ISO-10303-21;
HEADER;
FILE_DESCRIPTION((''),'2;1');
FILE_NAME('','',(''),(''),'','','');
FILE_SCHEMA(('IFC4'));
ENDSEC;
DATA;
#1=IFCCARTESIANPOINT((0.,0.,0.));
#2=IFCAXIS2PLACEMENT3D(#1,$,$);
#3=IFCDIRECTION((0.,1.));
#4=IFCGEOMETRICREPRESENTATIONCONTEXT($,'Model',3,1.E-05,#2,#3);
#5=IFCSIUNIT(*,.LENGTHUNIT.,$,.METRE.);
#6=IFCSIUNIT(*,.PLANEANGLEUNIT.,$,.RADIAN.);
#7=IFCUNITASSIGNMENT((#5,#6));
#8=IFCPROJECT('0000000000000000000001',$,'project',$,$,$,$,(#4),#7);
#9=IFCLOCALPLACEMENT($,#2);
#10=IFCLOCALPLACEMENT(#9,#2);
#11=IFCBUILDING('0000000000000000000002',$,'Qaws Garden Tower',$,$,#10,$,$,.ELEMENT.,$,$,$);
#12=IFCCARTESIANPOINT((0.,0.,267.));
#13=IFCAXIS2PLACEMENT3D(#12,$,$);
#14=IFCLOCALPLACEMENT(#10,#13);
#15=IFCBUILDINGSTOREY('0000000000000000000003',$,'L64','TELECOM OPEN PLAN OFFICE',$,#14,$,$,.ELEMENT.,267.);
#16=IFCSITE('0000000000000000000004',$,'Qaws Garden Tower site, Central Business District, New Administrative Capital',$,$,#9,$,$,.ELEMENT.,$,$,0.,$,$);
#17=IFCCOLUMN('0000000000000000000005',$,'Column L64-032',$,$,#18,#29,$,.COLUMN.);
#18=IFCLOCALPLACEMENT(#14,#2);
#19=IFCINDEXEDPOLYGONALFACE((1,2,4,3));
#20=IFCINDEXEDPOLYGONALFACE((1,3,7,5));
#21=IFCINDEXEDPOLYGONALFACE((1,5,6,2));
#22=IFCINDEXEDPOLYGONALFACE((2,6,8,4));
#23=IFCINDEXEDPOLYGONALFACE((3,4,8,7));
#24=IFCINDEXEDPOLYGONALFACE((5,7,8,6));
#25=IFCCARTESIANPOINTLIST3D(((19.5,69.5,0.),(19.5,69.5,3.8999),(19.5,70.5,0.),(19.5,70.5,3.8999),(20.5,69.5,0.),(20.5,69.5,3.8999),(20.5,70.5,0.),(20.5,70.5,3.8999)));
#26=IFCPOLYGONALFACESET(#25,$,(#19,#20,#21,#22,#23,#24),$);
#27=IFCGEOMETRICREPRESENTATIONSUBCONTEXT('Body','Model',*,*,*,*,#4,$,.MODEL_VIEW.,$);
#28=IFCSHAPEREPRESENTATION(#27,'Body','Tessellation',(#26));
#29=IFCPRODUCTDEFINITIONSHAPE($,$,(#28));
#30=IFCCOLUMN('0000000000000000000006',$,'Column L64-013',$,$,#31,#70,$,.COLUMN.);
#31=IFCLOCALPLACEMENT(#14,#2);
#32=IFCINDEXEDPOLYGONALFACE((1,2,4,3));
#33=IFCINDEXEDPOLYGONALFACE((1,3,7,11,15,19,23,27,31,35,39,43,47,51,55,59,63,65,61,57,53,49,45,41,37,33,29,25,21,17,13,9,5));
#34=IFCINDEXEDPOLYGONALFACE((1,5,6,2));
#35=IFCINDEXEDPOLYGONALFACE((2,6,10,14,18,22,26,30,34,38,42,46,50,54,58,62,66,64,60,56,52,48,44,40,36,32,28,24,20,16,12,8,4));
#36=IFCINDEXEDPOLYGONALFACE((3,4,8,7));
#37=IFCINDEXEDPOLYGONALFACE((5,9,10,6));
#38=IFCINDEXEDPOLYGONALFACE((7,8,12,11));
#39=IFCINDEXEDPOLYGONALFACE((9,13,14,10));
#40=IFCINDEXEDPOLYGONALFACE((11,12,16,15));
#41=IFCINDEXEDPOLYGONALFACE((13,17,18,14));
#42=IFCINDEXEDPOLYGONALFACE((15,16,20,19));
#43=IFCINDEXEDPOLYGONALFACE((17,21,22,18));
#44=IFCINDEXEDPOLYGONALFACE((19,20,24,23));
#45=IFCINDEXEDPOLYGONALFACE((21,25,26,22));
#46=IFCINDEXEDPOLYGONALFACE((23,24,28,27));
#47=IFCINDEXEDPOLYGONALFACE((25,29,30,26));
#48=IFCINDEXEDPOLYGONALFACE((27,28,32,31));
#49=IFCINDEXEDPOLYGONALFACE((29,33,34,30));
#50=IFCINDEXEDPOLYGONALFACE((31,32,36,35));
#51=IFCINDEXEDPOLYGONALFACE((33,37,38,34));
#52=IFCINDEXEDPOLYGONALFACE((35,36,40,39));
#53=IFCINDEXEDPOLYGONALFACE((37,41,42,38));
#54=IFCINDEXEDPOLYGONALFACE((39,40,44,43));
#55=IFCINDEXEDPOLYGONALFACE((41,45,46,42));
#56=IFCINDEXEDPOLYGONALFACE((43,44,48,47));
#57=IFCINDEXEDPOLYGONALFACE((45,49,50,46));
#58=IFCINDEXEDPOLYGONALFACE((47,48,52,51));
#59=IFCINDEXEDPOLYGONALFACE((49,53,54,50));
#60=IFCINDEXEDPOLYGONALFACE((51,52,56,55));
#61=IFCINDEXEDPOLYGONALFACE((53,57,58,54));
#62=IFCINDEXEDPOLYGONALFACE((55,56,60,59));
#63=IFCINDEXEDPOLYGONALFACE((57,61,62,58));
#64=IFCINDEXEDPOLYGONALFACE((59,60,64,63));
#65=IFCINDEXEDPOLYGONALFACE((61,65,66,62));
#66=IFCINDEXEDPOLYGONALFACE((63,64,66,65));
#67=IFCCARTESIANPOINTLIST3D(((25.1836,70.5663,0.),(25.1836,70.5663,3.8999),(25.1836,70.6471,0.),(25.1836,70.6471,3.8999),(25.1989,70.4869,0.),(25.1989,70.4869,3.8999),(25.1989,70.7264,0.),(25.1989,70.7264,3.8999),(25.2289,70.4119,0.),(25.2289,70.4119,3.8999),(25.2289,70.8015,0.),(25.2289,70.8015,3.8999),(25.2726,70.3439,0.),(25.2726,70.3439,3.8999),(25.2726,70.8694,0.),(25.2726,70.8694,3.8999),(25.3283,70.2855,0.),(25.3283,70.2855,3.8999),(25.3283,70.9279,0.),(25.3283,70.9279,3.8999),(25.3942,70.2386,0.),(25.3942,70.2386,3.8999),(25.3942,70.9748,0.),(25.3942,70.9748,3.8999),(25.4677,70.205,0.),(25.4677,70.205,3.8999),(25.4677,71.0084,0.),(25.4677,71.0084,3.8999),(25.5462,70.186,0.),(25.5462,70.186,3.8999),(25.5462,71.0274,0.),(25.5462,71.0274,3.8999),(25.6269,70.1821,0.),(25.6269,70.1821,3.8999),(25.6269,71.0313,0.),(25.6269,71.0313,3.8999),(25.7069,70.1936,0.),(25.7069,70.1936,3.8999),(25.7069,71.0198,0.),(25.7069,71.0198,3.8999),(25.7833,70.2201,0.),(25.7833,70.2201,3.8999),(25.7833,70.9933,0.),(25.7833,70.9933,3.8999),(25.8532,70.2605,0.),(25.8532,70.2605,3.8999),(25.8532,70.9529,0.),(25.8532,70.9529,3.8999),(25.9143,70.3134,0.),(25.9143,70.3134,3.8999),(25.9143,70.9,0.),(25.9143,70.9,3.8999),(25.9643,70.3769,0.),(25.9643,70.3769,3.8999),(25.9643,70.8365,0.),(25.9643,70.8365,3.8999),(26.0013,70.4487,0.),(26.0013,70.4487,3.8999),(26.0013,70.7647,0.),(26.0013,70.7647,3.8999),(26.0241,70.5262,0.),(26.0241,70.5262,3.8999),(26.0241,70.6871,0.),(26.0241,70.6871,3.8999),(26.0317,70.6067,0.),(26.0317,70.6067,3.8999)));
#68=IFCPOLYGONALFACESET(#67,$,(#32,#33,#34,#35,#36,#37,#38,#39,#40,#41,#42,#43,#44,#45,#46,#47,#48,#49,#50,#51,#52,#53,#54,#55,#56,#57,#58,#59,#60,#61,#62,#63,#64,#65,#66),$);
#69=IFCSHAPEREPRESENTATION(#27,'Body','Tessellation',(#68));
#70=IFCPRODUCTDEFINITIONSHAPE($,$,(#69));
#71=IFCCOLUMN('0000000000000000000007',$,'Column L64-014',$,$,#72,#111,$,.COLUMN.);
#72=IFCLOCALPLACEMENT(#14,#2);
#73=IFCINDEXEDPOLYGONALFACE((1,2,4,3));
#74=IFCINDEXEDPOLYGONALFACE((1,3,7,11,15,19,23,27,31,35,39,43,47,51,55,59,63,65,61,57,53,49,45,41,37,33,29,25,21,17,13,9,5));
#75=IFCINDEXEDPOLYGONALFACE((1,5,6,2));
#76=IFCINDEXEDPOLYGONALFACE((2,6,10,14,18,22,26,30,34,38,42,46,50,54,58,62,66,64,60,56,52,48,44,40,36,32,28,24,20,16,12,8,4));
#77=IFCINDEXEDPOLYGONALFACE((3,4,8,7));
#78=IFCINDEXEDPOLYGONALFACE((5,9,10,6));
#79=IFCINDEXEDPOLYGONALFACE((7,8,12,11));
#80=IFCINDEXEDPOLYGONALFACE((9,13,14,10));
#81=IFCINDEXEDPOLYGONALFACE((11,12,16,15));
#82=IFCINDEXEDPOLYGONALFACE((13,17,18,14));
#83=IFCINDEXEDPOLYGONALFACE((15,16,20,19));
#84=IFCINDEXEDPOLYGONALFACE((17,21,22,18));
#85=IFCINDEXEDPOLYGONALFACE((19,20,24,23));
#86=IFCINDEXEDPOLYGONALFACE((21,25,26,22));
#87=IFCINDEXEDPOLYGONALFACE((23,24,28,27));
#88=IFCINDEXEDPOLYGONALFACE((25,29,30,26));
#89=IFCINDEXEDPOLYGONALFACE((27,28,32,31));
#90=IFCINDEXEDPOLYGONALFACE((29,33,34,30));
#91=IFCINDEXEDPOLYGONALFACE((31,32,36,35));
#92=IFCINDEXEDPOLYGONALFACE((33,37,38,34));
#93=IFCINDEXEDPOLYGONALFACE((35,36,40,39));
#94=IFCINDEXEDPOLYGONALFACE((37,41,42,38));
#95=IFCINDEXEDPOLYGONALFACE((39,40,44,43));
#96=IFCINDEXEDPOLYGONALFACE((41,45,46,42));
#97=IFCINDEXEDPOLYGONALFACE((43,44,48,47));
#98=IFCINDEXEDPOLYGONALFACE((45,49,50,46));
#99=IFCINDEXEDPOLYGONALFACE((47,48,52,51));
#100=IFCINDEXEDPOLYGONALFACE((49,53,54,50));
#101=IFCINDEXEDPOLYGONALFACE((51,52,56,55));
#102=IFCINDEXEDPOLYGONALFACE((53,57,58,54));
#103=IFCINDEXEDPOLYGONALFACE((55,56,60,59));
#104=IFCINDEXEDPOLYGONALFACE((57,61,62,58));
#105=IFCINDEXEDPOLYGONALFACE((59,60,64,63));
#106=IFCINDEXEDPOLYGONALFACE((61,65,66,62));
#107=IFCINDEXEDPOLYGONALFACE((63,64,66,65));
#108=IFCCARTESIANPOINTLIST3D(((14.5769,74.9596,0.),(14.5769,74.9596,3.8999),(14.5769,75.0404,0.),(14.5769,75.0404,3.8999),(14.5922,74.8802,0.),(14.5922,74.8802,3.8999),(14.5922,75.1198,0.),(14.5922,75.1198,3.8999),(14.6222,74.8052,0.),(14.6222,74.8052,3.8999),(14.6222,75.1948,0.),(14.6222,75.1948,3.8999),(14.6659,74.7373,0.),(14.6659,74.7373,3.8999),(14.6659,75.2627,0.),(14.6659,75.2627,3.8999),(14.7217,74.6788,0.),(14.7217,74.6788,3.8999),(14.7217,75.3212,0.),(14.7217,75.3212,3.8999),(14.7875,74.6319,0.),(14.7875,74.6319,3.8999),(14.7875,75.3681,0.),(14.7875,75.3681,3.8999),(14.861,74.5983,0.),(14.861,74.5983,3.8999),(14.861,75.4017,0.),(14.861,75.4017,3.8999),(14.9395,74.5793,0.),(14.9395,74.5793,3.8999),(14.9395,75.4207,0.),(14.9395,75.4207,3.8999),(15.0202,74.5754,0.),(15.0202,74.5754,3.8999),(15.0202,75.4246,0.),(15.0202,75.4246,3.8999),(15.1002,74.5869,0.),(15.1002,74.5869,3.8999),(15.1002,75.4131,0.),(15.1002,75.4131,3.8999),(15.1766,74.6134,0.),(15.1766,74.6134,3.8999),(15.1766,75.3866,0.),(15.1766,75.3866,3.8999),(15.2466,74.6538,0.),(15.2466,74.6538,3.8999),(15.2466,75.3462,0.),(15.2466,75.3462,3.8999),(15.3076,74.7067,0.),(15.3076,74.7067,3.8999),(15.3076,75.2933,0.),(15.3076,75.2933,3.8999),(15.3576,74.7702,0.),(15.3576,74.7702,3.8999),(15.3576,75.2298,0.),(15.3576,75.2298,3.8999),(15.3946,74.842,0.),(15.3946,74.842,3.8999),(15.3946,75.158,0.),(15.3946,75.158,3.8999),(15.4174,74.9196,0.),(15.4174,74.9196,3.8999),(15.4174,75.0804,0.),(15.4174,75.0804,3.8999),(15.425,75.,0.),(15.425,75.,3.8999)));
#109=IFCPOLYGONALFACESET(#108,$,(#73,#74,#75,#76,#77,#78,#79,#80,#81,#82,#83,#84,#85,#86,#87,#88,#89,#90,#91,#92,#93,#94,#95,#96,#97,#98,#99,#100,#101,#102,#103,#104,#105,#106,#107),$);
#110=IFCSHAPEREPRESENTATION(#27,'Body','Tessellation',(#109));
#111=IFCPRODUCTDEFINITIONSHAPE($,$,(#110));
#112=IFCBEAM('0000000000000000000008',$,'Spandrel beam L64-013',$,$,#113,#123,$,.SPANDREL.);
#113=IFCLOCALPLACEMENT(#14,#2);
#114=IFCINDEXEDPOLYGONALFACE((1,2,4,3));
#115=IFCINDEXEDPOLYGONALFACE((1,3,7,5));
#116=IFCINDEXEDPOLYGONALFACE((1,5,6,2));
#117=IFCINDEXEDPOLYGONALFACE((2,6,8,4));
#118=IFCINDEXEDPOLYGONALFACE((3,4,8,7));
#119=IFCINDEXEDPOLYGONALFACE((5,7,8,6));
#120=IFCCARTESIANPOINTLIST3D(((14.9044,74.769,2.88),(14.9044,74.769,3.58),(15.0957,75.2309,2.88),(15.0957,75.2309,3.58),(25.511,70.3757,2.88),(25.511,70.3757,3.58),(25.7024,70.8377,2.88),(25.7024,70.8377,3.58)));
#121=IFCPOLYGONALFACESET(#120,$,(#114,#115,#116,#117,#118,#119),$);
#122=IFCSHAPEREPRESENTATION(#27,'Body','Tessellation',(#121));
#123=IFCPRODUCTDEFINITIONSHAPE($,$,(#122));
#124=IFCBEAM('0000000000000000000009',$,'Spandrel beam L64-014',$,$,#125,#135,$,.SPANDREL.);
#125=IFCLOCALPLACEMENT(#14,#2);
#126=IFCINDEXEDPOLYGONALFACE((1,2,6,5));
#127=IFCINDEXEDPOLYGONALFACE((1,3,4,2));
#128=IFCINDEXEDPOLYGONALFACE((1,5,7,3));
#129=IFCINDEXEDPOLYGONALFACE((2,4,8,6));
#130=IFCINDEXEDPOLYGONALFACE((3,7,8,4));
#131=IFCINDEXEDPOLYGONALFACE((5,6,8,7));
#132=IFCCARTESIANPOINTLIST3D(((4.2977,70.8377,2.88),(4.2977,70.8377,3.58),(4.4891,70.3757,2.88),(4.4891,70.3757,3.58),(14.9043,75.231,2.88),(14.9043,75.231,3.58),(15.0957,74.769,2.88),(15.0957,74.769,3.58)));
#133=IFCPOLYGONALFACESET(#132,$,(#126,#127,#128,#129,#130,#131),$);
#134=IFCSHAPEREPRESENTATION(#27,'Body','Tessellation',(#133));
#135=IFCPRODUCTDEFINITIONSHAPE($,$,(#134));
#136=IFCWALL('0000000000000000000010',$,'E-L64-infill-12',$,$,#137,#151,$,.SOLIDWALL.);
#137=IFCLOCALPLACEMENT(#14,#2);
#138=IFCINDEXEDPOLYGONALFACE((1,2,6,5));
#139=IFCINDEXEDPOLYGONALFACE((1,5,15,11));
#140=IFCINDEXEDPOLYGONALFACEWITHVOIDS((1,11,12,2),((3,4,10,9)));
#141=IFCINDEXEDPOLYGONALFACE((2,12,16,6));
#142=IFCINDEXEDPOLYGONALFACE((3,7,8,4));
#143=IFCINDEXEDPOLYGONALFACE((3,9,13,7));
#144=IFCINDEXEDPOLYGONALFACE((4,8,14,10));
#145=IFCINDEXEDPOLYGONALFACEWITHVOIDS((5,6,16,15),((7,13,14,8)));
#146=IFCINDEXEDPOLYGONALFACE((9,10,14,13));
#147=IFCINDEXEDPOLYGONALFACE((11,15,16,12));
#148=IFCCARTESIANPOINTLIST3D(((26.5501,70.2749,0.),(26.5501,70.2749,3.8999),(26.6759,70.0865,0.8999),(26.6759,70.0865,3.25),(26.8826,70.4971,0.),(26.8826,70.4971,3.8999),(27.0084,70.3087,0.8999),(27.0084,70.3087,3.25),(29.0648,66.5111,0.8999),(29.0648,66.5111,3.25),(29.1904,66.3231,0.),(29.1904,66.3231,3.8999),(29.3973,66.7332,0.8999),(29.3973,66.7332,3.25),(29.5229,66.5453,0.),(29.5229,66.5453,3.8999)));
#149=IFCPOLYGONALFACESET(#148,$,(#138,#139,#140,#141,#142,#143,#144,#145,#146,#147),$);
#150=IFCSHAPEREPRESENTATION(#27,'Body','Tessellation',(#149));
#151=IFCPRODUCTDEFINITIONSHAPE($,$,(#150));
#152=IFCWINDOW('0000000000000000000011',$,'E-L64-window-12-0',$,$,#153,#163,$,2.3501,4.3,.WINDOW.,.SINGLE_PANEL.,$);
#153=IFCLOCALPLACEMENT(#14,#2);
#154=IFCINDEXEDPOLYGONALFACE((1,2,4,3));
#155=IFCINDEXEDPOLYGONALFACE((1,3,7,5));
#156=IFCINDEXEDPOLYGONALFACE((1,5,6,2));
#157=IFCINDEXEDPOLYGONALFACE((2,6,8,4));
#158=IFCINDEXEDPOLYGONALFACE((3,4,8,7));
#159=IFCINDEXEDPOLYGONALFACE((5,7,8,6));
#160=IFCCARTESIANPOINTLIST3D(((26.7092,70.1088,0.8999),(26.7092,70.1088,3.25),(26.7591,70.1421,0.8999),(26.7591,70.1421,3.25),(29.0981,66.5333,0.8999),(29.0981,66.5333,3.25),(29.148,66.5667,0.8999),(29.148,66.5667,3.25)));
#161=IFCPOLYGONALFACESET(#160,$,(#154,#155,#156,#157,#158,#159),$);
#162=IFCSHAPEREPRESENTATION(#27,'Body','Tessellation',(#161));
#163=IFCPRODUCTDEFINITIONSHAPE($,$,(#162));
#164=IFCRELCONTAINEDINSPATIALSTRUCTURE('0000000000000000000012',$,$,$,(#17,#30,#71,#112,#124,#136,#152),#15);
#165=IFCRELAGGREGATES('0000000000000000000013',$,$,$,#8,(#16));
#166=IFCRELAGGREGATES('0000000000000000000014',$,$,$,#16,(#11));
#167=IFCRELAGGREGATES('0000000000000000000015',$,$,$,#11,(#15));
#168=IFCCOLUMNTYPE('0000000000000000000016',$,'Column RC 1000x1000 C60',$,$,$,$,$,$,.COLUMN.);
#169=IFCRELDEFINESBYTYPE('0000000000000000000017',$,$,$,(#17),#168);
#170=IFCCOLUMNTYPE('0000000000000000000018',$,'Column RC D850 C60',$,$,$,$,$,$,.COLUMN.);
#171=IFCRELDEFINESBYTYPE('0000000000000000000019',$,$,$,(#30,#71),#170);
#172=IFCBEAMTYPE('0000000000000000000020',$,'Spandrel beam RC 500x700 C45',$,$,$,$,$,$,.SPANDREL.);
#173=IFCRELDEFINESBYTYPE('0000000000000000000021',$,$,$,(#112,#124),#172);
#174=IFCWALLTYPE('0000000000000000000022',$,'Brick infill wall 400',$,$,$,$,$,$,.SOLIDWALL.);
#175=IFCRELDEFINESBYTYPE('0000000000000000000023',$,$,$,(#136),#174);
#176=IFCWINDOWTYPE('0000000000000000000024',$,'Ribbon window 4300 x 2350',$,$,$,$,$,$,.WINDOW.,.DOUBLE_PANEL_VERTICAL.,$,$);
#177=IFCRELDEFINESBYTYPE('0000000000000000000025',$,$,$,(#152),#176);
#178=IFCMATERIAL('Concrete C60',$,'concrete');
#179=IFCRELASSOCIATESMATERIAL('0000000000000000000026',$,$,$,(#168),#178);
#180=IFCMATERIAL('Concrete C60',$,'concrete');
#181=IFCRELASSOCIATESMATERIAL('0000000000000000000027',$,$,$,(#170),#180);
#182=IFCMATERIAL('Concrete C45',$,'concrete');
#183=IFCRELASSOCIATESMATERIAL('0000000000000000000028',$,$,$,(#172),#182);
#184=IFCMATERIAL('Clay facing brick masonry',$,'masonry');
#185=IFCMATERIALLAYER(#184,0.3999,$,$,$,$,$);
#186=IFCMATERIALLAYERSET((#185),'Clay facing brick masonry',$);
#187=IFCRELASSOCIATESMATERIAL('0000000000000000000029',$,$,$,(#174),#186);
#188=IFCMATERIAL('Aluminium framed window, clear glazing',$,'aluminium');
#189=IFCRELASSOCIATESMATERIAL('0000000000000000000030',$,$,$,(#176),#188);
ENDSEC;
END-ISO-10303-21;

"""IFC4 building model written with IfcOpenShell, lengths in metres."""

from ifc_helpers import new_model, si_unit, direction, frame, frame_2d, origin, origin_2d, place, context, subcontext, project, spatial, rectangle, circle, extrude, material, layer, layer_set, material_profile, profile_set, type_object, element, fill, save


model = new_model("IFC4")

# Units and contexts
model_context = context("Model", 3, precision=1e-05, world=origin(), true_north=direction((0.0, 1.0)))
body_context = subcontext(model_context, "Body", "Model", "MODEL_VIEW")
ifc_project = project(units=[si_unit("LENGTHUNIT", "METRE"), si_unit("PLANEANGLEUNIT", "RADIAN")], contexts=[model_context])

# Site, building, storey
site_placement = place(None, origin())
site = spatial("IfcSite", under=ifc_project, at=site_placement, Name="Qaws Garden Tower site, Central Business District, New Administrative Capital", CompositionType="ELEMENT", RefElevation=0.0)
building_placement = place(site_placement, origin())
building = spatial("IfcBuilding", under=site, at=building_placement, Name="Qaws Garden Tower", CompositionType="ELEMENT")
storey_placement = place(building_placement, frame((0.0, 0.0, 267.0)))
storey = spatial("IfcBuildingStorey", under=building, at=storey_placement, Name="L64", Description="TELECOM OPEN PLAN OFFICE", CompositionType="ELEMENT", Elevation=267.0)

# Columns
ifc_material_1 = material(Name="Concrete C60", Category="concrete")
ifc_material_profile_1 = material_profile(ifc_material_1, rectangle(XDim=1.0, YDim=1.0, at=origin_2d()), Name="RC 1000x1000")
ifc_profile_set_1 = profile_set([ifc_material_profile_1], Name="Concrete C60")
column_type_1 = type_object("IfcColumnType", Name="Column RC 1000x1000 C60", PredefinedType="COLUMN", material=ifc_profile_set_1)
column_placement = place(storey_placement, frame((20.0, 70.0, 0.0), z_axis=(0.0, 0.0, 1.0), x_axis=(1.0, 0.0, 0.0)))
element("IfcColumn", 1, at=column_placement, inside=storey, type_object=column_type_1, Name="Column L64-032", PredefinedType="COLUMN", context=body_context, shape_type="SweptSolid", body=[
    extrude(rectangle(XDim=1.0, YDim=1.0, at=origin_2d()), origin(), (0.0, 0.0, 1.0), 3.8999),
])
ifc_material_2 = material(Name="Concrete C60", Category="concrete")
ifc_material_profile_2 = material_profile(ifc_material_2, circle(Radius=0.425, at=origin_2d()), Name="RC D850")
ifc_profile_set_2 = profile_set([ifc_material_profile_2], Name="Concrete C60")
column_type_2 = type_object("IfcColumnType", Name="Column RC D850 C60", PredefinedType="COLUMN", material=ifc_profile_set_2)
for number, where, z_axis, x_axis, name in (
    (2, (25.6067, 70.6067, 0.0), (0.0, 0.0, 1.0), (1.0, 0.0, 0.0), "Column L64-013"),
    (3, (15.0, 75.0, 0.0), (0.0, 0.0, 1.0), (1.0, 0.0, 0.0), "Column L64-014"),
):
    element("IfcColumn", number, at=place(storey_placement, frame(where, z_axis=z_axis, x_axis=x_axis)), inside=storey, type_object=column_type_2, Name=name, PredefinedType="COLUMN", context=body_context, shape_type="SweptSolid", body=[
        extrude(circle(Radius=0.425, at=origin_2d()), origin(), (0.0, 0.0, 1.0), 3.8999),
    ])

# Beams
ifc_material_3 = material(Name="Concrete C45", Category="concrete")
ifc_material_profile_3 = material_profile(ifc_material_3, rectangle(XDim=0.5, YDim=0.7, at=origin_2d()), Name="RC 500x700")
ifc_profile_set_3 = profile_set([ifc_material_profile_3], Name="Concrete C45")
beam_type = type_object("IfcBeamType", Name="Spandrel beam RC 500x700 C45", PredefinedType="SPANDREL", material=ifc_profile_set_3)
for number, where, z_axis, x_axis, name in (
    (4, (25.6067, 70.6067, 3.23), (-0.923883, 0.382674, 0.0), (-0.382674, -0.923883, 0.0), "Spandrel beam L64-013"),
    (5, (15.0, 75.0, 3.23), (-0.923883, -0.382674, 0.0), (0.382674, -0.923883, 0.0), "Spandrel beam L64-014"),
):
    element("IfcBeam", number, at=place(storey_placement, frame(where, z_axis=z_axis, x_axis=x_axis)), inside=storey, type_object=beam_type, Name=name, PredefinedType="SPANDREL", context=body_context, shape_type="SweptSolid", body=[
        extrude(rectangle(XDim=0.5, YDim=0.7, at=origin_2d()), origin(), (0.0, 0.0, 1.0), 11.4805),
    ])

# Wall, opening, window
ifc_material_4 = material(Name="Clay facing brick masonry", Category="masonry")
ifc_layer_1 = layer(ifc_material_4, 0.3999)
ifc_layer_set_1 = layer_set([ifc_layer_1], Name="Clay facing brick masonry")
wall_type_1 = type_object("IfcWallType", Name="Brick infill wall 400", PredefinedType="SOLIDWALL", material=ifc_layer_set_1)
wall_1_placement = place(storey_placement, frame((29.3567, 66.4341, 0.0), z_axis=(0.0, 0.0, 1.0), x_axis=(-0.555542, 0.831489, 0.0)))
wall_1 = element("IfcWall", 6, at=wall_1_placement, inside=storey, type_object=wall_type_1, Name="E-L64-infill-12", PredefinedType="SOLIDWALL", context=body_context, shape_type="SweptSolid", body=[
    extrude(rectangle(XDim=4.7527, YDim=0.3999, at=frame_2d((2.3765, 0.0))), origin(), (0.0, 0.0, 1.0), 3.8999),
])
opening_1_placement = place(wall_1_placement, frame((0.2263, 0.0, 0.8999)))
opening_1 = element("IfcOpeningElement", 7, at=opening_1_placement, cuts=wall_1, PredefinedType="OPENING", context=body_context, shape_type="SweptSolid", body=[
    extrude(rectangle(XDim=4.3, YDim=2.3501, at=frame_2d((2.1499, 1.175))), frame((0.0, 0.21, 0.0), z_axis=(0.0, -1.0, 0.0), x_axis=(1.0, 0.0, 0.0)), (0.0, 0.0, 1.0), 0.4199),
])
ifc_material_5 = material(Name="Aluminium framed window, clear glazing", Category="aluminium")
window_type = type_object("IfcWindowType", Name="Ribbon window 4300 x 2350", PartitioningType="DOUBLE_PANEL_VERTICAL", PredefinedType="WINDOW", material=ifc_material_5)
window_1_placement = place(opening_1_placement, origin())
window_1 = element("IfcWindow", 8, at=window_1_placement, inside=storey, type_object=window_type, Name="E-L64-window-12-0", OverallHeight=2.3501, OverallWidth=4.3, PartitioningType="SINGLE_PANEL", PredefinedType="WINDOW", context=body_context, shape_type="SweptSolid", body=[
    extrude(rectangle(XDim=4.3, YDim=2.3501, at=frame_2d((2.1499, 1.175))), frame((0.0, 0.1599, 0.0), z_axis=(0.0, -1.0, 0.0), x_axis=(1.0, 0.0, 0.0)), (0.0, 0.0, 1.0), 0.0601),
])
fill(opening_1, window_1)

save(model, "model.ifc")
